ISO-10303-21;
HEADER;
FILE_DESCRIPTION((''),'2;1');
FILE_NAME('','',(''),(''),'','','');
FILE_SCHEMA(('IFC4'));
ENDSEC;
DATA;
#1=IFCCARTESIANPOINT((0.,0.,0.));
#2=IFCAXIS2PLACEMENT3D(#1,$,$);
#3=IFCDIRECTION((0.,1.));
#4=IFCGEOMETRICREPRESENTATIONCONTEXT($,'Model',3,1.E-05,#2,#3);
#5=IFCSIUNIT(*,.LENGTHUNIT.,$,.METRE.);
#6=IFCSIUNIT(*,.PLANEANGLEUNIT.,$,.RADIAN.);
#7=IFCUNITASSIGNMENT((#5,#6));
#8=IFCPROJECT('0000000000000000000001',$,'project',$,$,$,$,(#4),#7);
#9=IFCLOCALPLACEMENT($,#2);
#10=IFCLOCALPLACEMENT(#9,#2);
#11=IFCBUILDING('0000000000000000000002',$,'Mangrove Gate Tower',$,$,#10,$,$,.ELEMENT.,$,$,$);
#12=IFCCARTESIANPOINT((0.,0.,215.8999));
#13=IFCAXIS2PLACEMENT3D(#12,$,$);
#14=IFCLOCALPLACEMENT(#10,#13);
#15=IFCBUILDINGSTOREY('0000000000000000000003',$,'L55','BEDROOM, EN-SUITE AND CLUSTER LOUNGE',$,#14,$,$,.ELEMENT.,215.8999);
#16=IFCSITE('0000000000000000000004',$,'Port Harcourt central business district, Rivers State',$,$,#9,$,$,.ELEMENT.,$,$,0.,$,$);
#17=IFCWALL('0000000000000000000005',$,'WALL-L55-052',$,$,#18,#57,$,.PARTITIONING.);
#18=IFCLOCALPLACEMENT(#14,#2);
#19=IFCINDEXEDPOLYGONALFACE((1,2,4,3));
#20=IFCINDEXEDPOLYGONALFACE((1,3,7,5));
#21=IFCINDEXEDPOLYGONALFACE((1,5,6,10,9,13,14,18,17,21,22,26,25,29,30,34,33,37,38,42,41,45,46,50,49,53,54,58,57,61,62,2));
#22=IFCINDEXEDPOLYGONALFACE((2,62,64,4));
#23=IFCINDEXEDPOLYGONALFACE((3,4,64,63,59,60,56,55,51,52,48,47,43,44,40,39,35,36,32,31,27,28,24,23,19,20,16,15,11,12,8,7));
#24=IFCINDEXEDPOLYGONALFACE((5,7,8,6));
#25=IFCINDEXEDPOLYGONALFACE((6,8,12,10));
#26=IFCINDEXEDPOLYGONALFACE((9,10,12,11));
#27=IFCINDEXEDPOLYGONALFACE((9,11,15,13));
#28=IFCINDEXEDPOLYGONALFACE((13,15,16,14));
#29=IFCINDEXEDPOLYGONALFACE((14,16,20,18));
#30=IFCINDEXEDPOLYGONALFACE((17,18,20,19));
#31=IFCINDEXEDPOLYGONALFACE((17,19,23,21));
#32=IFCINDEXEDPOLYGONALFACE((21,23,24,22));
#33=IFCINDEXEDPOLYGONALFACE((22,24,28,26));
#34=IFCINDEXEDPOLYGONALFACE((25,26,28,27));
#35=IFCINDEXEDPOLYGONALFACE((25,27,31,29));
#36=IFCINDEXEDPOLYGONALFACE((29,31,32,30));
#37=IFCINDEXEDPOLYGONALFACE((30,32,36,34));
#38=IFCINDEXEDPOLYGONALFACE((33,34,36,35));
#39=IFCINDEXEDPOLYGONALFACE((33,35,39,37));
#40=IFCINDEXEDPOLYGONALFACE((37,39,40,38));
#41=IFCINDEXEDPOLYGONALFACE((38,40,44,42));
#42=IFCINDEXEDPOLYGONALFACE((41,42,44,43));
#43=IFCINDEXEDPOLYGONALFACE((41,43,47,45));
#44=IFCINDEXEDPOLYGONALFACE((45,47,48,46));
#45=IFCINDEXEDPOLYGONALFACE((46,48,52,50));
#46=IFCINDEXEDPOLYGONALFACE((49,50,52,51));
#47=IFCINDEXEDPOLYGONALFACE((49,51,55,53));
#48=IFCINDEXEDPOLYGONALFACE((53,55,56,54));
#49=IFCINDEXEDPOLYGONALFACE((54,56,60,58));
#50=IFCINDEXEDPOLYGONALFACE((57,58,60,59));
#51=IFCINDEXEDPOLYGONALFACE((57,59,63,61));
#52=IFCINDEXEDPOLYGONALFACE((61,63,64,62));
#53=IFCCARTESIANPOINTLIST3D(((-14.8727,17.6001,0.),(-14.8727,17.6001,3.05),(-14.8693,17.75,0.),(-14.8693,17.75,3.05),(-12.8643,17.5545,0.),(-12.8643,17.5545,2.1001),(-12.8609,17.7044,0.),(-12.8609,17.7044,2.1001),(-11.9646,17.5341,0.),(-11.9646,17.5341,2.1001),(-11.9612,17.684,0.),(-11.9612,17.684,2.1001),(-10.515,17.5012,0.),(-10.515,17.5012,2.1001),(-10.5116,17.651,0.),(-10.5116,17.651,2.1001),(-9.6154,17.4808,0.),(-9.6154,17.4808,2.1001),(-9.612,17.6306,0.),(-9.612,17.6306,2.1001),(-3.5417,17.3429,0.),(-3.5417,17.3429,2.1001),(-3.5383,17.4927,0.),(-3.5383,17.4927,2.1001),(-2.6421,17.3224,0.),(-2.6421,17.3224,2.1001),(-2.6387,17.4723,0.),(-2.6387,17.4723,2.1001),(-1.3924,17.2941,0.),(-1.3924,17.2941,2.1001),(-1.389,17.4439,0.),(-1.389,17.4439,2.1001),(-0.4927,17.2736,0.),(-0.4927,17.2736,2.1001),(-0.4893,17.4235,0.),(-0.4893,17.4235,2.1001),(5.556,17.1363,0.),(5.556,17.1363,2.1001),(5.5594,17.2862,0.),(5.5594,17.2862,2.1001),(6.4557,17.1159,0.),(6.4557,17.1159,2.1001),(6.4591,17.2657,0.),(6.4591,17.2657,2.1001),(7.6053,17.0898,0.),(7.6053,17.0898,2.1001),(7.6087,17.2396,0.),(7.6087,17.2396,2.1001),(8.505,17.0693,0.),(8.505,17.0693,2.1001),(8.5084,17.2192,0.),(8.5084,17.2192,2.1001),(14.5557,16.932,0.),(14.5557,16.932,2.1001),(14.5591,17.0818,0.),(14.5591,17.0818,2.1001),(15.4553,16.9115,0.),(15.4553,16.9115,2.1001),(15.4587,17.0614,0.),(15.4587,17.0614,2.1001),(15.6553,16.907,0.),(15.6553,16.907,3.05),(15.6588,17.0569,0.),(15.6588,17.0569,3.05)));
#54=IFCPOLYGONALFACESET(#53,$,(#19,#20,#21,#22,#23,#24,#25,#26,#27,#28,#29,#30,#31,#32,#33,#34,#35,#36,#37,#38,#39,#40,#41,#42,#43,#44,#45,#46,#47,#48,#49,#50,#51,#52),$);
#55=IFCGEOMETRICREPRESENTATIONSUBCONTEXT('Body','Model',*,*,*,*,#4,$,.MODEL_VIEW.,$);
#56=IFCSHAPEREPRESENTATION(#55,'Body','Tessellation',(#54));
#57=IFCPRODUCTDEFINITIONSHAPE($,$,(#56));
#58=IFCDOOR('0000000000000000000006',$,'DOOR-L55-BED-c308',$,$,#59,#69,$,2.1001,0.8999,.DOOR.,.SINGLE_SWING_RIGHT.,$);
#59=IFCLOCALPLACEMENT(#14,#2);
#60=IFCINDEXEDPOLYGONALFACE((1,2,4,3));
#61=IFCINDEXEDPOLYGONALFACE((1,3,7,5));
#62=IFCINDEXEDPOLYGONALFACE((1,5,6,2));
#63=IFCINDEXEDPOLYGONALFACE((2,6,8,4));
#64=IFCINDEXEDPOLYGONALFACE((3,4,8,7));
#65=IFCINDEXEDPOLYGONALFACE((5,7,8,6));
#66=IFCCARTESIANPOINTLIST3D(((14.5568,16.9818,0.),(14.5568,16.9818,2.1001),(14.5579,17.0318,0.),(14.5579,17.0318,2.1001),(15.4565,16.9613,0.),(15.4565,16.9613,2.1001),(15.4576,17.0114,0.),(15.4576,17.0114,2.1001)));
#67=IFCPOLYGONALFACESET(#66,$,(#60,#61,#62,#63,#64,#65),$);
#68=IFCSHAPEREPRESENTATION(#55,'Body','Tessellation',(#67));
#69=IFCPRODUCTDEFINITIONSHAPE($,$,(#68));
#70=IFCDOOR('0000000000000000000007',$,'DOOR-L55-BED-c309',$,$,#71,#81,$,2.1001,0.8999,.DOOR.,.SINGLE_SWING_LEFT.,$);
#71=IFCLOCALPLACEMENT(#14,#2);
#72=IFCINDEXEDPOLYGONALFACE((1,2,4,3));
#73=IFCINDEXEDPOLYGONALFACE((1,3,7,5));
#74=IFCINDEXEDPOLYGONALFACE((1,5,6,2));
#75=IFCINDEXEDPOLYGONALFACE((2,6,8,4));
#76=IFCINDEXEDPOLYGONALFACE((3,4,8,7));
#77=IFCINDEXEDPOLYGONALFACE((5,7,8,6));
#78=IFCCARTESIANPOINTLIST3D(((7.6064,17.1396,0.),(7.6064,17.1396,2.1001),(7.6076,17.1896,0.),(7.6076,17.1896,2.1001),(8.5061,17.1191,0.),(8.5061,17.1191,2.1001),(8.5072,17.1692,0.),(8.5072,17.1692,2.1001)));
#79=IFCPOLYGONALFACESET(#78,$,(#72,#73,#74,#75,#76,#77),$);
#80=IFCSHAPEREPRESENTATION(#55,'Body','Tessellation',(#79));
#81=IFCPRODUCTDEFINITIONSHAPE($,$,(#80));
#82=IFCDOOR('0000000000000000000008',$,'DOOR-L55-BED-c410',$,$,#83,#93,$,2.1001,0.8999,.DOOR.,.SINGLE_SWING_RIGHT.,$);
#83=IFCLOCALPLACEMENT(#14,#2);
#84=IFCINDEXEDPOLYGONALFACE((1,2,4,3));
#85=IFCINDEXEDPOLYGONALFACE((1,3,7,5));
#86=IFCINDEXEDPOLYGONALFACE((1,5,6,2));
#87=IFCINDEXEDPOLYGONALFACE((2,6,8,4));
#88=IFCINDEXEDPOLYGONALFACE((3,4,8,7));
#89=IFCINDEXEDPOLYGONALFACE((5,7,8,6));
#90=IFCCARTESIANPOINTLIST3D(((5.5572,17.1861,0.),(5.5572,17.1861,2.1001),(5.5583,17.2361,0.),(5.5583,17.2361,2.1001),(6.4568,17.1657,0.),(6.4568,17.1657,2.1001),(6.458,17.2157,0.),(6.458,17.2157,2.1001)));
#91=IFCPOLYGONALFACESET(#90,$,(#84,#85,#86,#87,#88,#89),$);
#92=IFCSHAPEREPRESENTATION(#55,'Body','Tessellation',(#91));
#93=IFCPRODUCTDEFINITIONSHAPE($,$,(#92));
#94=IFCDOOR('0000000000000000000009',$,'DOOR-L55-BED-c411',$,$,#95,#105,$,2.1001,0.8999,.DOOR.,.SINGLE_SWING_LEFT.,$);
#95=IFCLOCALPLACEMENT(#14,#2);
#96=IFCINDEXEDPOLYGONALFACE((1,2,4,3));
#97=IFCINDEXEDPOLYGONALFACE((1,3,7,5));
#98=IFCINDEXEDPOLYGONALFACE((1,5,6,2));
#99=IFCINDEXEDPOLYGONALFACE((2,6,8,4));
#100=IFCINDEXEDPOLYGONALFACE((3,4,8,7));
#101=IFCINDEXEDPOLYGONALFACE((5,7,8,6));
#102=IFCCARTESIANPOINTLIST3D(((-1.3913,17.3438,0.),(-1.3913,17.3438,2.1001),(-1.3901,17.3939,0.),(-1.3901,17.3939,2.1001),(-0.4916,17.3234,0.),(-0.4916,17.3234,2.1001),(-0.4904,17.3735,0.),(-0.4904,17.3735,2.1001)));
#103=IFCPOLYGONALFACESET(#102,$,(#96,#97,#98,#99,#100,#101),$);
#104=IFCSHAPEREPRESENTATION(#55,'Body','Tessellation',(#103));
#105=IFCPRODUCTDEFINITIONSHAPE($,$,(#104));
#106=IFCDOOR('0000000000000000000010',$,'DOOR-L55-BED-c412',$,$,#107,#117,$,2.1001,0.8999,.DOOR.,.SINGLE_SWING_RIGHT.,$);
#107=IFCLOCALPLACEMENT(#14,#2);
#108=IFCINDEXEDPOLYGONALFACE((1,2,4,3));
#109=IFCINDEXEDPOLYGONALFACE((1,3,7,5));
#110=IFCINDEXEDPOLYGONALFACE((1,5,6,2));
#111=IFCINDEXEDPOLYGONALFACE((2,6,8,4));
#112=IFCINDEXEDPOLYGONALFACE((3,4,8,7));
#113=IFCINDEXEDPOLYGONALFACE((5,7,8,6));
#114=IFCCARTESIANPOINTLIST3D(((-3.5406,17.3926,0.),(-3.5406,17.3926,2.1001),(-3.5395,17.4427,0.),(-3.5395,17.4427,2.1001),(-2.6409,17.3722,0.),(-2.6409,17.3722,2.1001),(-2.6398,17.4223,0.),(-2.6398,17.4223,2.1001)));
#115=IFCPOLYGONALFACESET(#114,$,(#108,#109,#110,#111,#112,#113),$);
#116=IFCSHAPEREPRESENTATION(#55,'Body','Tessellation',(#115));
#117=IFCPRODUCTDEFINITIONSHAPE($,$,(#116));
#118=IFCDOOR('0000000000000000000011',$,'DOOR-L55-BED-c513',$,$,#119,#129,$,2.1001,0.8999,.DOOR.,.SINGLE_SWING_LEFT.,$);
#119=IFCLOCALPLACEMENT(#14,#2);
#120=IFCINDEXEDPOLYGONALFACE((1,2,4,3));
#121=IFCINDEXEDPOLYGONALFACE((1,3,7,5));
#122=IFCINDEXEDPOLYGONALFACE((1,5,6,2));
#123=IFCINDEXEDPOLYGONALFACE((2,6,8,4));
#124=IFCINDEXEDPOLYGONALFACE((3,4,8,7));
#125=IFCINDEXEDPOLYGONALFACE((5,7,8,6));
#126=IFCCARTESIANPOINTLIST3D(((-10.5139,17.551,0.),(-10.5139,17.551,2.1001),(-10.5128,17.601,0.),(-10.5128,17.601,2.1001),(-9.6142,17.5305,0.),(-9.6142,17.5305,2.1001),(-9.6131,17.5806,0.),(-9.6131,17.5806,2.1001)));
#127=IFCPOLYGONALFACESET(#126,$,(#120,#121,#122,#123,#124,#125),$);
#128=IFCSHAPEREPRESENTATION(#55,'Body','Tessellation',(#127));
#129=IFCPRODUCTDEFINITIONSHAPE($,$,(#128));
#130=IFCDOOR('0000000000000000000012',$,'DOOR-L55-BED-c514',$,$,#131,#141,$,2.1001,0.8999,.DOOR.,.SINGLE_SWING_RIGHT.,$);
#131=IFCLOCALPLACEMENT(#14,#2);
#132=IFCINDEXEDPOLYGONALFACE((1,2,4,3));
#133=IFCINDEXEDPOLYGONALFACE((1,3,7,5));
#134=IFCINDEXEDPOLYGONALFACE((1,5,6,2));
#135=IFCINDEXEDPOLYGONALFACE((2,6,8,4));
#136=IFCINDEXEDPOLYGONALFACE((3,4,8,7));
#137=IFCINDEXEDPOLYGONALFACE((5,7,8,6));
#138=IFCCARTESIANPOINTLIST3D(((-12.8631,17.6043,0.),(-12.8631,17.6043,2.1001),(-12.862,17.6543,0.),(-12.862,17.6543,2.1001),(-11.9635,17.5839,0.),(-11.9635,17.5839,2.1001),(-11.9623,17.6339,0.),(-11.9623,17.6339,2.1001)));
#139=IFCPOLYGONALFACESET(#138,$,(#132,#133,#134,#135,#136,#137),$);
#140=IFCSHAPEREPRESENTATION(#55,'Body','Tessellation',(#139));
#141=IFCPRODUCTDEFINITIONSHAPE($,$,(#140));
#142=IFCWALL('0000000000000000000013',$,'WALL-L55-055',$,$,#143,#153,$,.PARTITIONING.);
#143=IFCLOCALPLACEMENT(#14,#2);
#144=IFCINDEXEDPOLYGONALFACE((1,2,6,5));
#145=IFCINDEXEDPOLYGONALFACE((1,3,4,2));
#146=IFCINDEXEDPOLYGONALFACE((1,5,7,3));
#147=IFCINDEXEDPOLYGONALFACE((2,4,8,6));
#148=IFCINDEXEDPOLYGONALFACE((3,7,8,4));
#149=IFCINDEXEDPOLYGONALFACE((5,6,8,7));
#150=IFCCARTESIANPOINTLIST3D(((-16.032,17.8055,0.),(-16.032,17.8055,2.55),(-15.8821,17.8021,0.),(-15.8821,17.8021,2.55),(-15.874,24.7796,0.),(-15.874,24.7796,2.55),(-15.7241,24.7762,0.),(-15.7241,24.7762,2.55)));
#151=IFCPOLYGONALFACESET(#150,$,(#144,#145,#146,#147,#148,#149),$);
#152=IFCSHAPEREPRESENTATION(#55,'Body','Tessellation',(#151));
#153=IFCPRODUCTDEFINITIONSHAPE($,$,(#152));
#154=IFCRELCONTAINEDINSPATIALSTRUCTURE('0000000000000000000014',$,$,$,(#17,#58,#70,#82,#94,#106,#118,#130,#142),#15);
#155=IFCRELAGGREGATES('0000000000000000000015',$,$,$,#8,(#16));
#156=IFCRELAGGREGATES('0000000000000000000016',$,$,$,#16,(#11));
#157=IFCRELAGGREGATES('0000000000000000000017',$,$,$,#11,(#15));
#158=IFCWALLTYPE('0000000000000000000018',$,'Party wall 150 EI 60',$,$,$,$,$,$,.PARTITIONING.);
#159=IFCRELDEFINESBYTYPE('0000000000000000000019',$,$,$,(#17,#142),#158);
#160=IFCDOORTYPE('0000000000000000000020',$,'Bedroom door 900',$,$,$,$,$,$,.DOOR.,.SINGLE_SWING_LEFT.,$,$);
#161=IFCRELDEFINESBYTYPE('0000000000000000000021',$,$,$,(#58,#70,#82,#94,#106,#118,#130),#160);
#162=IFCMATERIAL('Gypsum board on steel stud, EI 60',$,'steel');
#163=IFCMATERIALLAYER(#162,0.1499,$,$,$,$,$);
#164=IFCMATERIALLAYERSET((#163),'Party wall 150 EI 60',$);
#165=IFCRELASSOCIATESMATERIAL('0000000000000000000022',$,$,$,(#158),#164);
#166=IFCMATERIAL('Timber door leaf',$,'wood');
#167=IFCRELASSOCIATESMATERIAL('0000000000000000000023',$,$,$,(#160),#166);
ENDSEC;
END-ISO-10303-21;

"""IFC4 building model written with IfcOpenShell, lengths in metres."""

from ifc_helpers import new_model, si_unit, direction, frame, frame_2d, origin, place, context, subcontext, project, spatial, rectangle, extrude, material, layer, layer_set, type_object, element, fill, save


model = new_model("IFC4")

# Units and contexts
model_context = context("Model", 3, precision=1e-05, world=origin(), true_north=direction((0.0, 1.0)))
body_context = subcontext(model_context, "Body", "Model", "MODEL_VIEW")
ifc_project = project(units=[si_unit("LENGTHUNIT", "METRE"), si_unit("PLANEANGLEUNIT", "RADIAN")], contexts=[model_context])

# Site, building, storey
site_placement = place(None, origin())
site = spatial("IfcSite", under=ifc_project, at=site_placement, Name="Port Harcourt central business district, Rivers State", CompositionType="ELEMENT", RefElevation=0.0)
building_placement = place(site_placement, origin())
building = spatial("IfcBuilding", under=site, at=building_placement, Name="Mangrove Gate Tower", CompositionType="ELEMENT")
storey_placement = place(building_placement, frame((0.0, 0.0, 215.8999)))
storey = spatial("IfcBuildingStorey", under=building, at=storey_placement, Name="L55", Description="BEDROOM, EN-SUITE AND CLUSTER LOUNGE", CompositionType="ELEMENT", Elevation=215.8999)

# Wall, openings, doors
ifc_material_1 = material(Name="Gypsum board on steel stud, EI 60", Category="steel")
ifc_layer = layer(ifc_material_1, 0.1499)
ifc_layer_set = layer_set([ifc_layer], Name="Party wall 150 EI 60")
wall_type = type_object("IfcWallType", Name="Party wall 150 EI 60", PredefinedType="PARTITIONING", material=ifc_layer_set)
wall_1_placement = place(storey_placement, frame((-14.8711, 17.675, 0.0), z_axis=(0.0, 0.0, 1.0), x_axis=(0.999742, -0.022698, 0.0)))
wall_1 = element("IfcWall", 1, at=wall_1_placement, inside=storey, type_object=wall_type, Name="WALL-L55-052", PredefinedType="PARTITIONING", context=body_context, shape_type="SweptSolid", body=[
    extrude(rectangle(XDim=30.5359, YDim=0.1499, at=frame_2d((15.2681, 0.0))), origin(), (0.0, 0.0, 1.0), 3.05),
])
opening_1_placement = place(wall_1_placement, frame((29.436, 0.0, 0.0)))
opening_1 = element("IfcOpeningElement", 2, at=opening_1_placement, cuts=wall_1, PredefinedType="OPENING", context=body_context, shape_type="SweptSolid", body=[
    extrude(rectangle(XDim=0.8999, YDim=2.1001, at=frame_2d((0.45, 1.05))), frame((0.0, 0.085, 0.0), z_axis=(0.0, -1.0, 0.0), x_axis=(1.0, 0.0, 0.0)), (0.0, 0.0, 1.0), 0.1699),
])
opening_2_placement = place(wall_1_placement, frame((22.4839, 0.0, 0.0)))
opening_2 = element("IfcOpeningElement", 3, at=opening_2_placement, cuts=wall_1, PredefinedType="OPENING", context=body_context, shape_type="SweptSolid", body=[
    extrude(rectangle(XDim=0.8999, YDim=2.1001, at=frame_2d((0.45, 1.05))), frame((0.0, 0.085, 0.0), z_axis=(0.0, -1.0, 0.0), x_axis=(1.0, 0.0, 0.0)), (0.0, 0.0, 1.0), 0.1699),
])
opening_3_placement = place(wall_1_placement, frame((20.4341, 0.0, 0.0)))
opening_3 = element("IfcOpeningElement", 4, at=opening_3_placement, cuts=wall_1, PredefinedType="OPENING", context=body_context, shape_type="SweptSolid", body=[
    extrude(rectangle(XDim=0.8999, YDim=2.1001, at=frame_2d((0.45, 1.05))), frame((0.0, 0.085, 0.0), z_axis=(0.0, -1.0, 0.0), x_axis=(1.0, 0.0, 0.0)), (0.0, 0.0, 1.0), 0.1699),
])
opening_4_placement = place(wall_1_placement, frame((13.4839, 0.0, 0.0)))
opening_4 = element("IfcOpeningElement", 5, at=opening_4_placement, cuts=wall_1, PredefinedType="OPENING", context=body_context, shape_type="SweptSolid", body=[
    extrude(rectangle(XDim=0.8999, YDim=2.1001, at=frame_2d((0.45, 1.05))), frame((0.0, 0.085, 0.0), z_axis=(0.0, -1.0, 0.0), x_axis=(1.0, 0.0, 0.0)), (0.0, 0.0, 1.0), 0.1699),
])
opening_5_placement = place(wall_1_placement, frame((11.334, 0.0, 0.0)))
opening_5 = element("IfcOpeningElement", 6, at=opening_5_placement, cuts=wall_1, PredefinedType="OPENING", context=body_context, shape_type="SweptSolid", body=[
    extrude(rectangle(XDim=0.8999, YDim=2.1001, at=frame_2d((0.45, 1.05))), frame((0.0, 0.085, 0.0), z_axis=(0.0, -1.0, 0.0), x_axis=(1.0, 0.0, 0.0)), (0.0, 0.0, 1.0), 0.1699),
])
opening_6_placement = place(wall_1_placement, frame((4.3589, 0.0, 0.0)))
opening_6 = element("IfcOpeningElement", 7, at=opening_6_placement, cuts=wall_1, PredefinedType="OPENING", context=body_context, shape_type="SweptSolid", body=[
    extrude(rectangle(XDim=0.8999, YDim=2.1001, at=frame_2d((0.45, 1.05))), frame((0.0, 0.085, 0.0), z_axis=(0.0, -1.0, 0.0), x_axis=(1.0, 0.0, 0.0)), (0.0, 0.0, 1.0), 0.1699),
])
opening_7_placement = place(wall_1_placement, frame((2.009, 0.0, 0.0)))
opening_7 = element("IfcOpeningElement", 8, at=opening_7_placement, cuts=wall_1, PredefinedType="OPENING", context=body_context, shape_type="SweptSolid", body=[
    extrude(rectangle(XDim=0.8999, YDim=2.1001, at=frame_2d((0.45, 1.05))), frame((0.0, 0.085, 0.0), z_axis=(0.0, -1.0, 0.0), x_axis=(1.0, 0.0, 0.0)), (0.0, 0.0, 1.0), 0.1699),
])
ifc_material_2 = material(Name="Timber door leaf", Category="wood")
door_type_1 = type_object("IfcDoorType", Name="Bedroom door 900", OperationType="SINGLE_SWING_LEFT", PredefinedType="DOOR", material=ifc_material_2)
door_1_placement = place(opening_1_placement, origin())
door_1 = element("IfcDoor", 9, at=door_1_placement, inside=storey, type_object=door_type_1, Name="DOOR-L55-BED-c308", OperationType="SINGLE_SWING_RIGHT", OverallHeight=2.1001, OverallWidth=0.8999, PredefinedType="DOOR", context=body_context, shape_type="SweptSolid", body=[
    extrude(rectangle(XDim=0.8999, YDim=2.1001, at=frame_2d((0.45, 1.05))), frame((0.0, 0.0249, 0.0), z_axis=(0.0, -1.0, 0.0), x_axis=(1.0, 0.0, 0.0)), (0.0, 0.0, 1.0), 0.05),
])
fill(opening_1, door_1)
door_2_placement = place(opening_2_placement, origin())
door_2 = element("IfcDoor", 10, at=door_2_placement, inside=storey, type_object=door_type_1, Name="DOOR-L55-BED-c309", OperationType="SINGLE_SWING_LEFT", OverallHeight=2.1001, OverallWidth=0.8999, PredefinedType="DOOR", context=body_context, shape_type="SweptSolid", body=[
    extrude(rectangle(XDim=0.8999, YDim=2.1001, at=frame_2d((0.45, 1.05))), frame((0.0, 0.0249, 0.0), z_axis=(0.0, -1.0, 0.0), x_axis=(1.0, 0.0, 0.0)), (0.0, 0.0, 1.0), 0.05),
])
fill(opening_2, door_2)
door_3_placement = place(opening_3_placement, origin())
door_3 = element("IfcDoor", 11, at=door_3_placement, inside=storey, type_object=door_type_1, Name="DOOR-L55-BED-c410", OperationType="SINGLE_SWING_RIGHT", OverallHeight=2.1001, OverallWidth=0.8999, PredefinedType="DOOR", context=body_context, shape_type="SweptSolid", body=[
    extrude(rectangle(XDim=0.8999, YDim=2.1001, at=frame_2d((0.45, 1.05))), frame((0.0, 0.0249, 0.0), z_axis=(0.0, -1.0, 0.0), x_axis=(1.0, 0.0, 0.0)), (0.0, 0.0, 1.0), 0.05),
])
fill(opening_3, door_3)
door_4_placement = place(opening_4_placement, origin())
door_4 = element("IfcDoor", 12, at=door_4_placement, inside=storey, type_object=door_type_1, Name="DOOR-L55-BED-c411", OperationType="SINGLE_SWING_LEFT", OverallHeight=2.1001, OverallWidth=0.8999, PredefinedType="DOOR", context=body_context, shape_type="SweptSolid", body=[
    extrude(rectangle(XDim=0.8999, YDim=2.1001, at=frame_2d((0.45, 1.05))), frame((0.0, 0.0249, 0.0), z_axis=(0.0, -1.0, 0.0), x_axis=(1.0, 0.0, 0.0)), (0.0, 0.0, 1.0), 0.05),
])
fill(opening_4, door_4)
door_5_placement = place(opening_5_placement, origin())
door_5 = element("IfcDoor", 13, at=door_5_placement, inside=storey, type_object=door_type_1, Name="DOOR-L55-BED-c412", OperationType="SINGLE_SWING_RIGHT", OverallHeight=2.1001, OverallWidth=0.8999, PredefinedType="DOOR", context=body_context, shape_type="SweptSolid", body=[
    extrude(rectangle(XDim=0.8999, YDim=2.1001, at=frame_2d((0.45, 1.05))), frame((0.0, 0.0249, 0.0), z_axis=(0.0, -1.0, 0.0), x_axis=(1.0, 0.0, 0.0)), (0.0, 0.0, 1.0), 0.05),
])
fill(opening_5, door_5)
door_6_placement = place(opening_6_placement, origin())
door_6 = element("IfcDoor", 14, at=door_6_placement, inside=storey, type_object=door_type_1, Name="DOOR-L55-BED-c513", OperationType="SINGLE_SWING_LEFT", OverallHeight=2.1001, OverallWidth=0.8999, PredefinedType="DOOR", context=body_context, shape_type="SweptSolid", body=[
    extrude(rectangle(XDim=0.8999, YDim=2.1001, at=frame_2d((0.45, 1.05))), frame((0.0, 0.0249, 0.0), z_axis=(0.0, -1.0, 0.0), x_axis=(1.0, 0.0, 0.0)), (0.0, 0.0, 1.0), 0.05),
])
fill(opening_6, door_6)
door_7_placement = place(opening_7_placement, origin())
door_7 = element("IfcDoor", 15, at=door_7_placement, inside=storey, type_object=door_type_1, Name="DOOR-L55-BED-c514", OperationType="SINGLE_SWING_RIGHT", OverallHeight=2.1001, OverallWidth=0.8999, PredefinedType="DOOR", context=body_context, shape_type="SweptSolid", body=[
    extrude(rectangle(XDim=0.8999, YDim=2.1001, at=frame_2d((0.45, 1.05))), frame((0.0, 0.0249, 0.0), z_axis=(0.0, -1.0, 0.0), x_axis=(1.0, 0.0, 0.0)), (0.0, 0.0, 1.0), 0.05),
])
fill(opening_7, door_7)

# Wall
wall_2_placement = place(storey_placement, frame((-15.957, 17.804, 0.0), z_axis=(0.0, 0.0, 1.0), x_axis=(0.022643, 0.999744, 0.0)))
element("IfcWall", 16, at=wall_2_placement, inside=storey, type_object=wall_type, Name="WALL-L55-055", PredefinedType="PARTITIONING", context=body_context, shape_type="SweptSolid", body=[
    extrude(rectangle(XDim=6.9758, YDim=0.1499, at=frame_2d((3.4878, 0.0))), origin(), (0.0, 0.0, 1.0), 2.55),
])

save(model, "model.ifc")
